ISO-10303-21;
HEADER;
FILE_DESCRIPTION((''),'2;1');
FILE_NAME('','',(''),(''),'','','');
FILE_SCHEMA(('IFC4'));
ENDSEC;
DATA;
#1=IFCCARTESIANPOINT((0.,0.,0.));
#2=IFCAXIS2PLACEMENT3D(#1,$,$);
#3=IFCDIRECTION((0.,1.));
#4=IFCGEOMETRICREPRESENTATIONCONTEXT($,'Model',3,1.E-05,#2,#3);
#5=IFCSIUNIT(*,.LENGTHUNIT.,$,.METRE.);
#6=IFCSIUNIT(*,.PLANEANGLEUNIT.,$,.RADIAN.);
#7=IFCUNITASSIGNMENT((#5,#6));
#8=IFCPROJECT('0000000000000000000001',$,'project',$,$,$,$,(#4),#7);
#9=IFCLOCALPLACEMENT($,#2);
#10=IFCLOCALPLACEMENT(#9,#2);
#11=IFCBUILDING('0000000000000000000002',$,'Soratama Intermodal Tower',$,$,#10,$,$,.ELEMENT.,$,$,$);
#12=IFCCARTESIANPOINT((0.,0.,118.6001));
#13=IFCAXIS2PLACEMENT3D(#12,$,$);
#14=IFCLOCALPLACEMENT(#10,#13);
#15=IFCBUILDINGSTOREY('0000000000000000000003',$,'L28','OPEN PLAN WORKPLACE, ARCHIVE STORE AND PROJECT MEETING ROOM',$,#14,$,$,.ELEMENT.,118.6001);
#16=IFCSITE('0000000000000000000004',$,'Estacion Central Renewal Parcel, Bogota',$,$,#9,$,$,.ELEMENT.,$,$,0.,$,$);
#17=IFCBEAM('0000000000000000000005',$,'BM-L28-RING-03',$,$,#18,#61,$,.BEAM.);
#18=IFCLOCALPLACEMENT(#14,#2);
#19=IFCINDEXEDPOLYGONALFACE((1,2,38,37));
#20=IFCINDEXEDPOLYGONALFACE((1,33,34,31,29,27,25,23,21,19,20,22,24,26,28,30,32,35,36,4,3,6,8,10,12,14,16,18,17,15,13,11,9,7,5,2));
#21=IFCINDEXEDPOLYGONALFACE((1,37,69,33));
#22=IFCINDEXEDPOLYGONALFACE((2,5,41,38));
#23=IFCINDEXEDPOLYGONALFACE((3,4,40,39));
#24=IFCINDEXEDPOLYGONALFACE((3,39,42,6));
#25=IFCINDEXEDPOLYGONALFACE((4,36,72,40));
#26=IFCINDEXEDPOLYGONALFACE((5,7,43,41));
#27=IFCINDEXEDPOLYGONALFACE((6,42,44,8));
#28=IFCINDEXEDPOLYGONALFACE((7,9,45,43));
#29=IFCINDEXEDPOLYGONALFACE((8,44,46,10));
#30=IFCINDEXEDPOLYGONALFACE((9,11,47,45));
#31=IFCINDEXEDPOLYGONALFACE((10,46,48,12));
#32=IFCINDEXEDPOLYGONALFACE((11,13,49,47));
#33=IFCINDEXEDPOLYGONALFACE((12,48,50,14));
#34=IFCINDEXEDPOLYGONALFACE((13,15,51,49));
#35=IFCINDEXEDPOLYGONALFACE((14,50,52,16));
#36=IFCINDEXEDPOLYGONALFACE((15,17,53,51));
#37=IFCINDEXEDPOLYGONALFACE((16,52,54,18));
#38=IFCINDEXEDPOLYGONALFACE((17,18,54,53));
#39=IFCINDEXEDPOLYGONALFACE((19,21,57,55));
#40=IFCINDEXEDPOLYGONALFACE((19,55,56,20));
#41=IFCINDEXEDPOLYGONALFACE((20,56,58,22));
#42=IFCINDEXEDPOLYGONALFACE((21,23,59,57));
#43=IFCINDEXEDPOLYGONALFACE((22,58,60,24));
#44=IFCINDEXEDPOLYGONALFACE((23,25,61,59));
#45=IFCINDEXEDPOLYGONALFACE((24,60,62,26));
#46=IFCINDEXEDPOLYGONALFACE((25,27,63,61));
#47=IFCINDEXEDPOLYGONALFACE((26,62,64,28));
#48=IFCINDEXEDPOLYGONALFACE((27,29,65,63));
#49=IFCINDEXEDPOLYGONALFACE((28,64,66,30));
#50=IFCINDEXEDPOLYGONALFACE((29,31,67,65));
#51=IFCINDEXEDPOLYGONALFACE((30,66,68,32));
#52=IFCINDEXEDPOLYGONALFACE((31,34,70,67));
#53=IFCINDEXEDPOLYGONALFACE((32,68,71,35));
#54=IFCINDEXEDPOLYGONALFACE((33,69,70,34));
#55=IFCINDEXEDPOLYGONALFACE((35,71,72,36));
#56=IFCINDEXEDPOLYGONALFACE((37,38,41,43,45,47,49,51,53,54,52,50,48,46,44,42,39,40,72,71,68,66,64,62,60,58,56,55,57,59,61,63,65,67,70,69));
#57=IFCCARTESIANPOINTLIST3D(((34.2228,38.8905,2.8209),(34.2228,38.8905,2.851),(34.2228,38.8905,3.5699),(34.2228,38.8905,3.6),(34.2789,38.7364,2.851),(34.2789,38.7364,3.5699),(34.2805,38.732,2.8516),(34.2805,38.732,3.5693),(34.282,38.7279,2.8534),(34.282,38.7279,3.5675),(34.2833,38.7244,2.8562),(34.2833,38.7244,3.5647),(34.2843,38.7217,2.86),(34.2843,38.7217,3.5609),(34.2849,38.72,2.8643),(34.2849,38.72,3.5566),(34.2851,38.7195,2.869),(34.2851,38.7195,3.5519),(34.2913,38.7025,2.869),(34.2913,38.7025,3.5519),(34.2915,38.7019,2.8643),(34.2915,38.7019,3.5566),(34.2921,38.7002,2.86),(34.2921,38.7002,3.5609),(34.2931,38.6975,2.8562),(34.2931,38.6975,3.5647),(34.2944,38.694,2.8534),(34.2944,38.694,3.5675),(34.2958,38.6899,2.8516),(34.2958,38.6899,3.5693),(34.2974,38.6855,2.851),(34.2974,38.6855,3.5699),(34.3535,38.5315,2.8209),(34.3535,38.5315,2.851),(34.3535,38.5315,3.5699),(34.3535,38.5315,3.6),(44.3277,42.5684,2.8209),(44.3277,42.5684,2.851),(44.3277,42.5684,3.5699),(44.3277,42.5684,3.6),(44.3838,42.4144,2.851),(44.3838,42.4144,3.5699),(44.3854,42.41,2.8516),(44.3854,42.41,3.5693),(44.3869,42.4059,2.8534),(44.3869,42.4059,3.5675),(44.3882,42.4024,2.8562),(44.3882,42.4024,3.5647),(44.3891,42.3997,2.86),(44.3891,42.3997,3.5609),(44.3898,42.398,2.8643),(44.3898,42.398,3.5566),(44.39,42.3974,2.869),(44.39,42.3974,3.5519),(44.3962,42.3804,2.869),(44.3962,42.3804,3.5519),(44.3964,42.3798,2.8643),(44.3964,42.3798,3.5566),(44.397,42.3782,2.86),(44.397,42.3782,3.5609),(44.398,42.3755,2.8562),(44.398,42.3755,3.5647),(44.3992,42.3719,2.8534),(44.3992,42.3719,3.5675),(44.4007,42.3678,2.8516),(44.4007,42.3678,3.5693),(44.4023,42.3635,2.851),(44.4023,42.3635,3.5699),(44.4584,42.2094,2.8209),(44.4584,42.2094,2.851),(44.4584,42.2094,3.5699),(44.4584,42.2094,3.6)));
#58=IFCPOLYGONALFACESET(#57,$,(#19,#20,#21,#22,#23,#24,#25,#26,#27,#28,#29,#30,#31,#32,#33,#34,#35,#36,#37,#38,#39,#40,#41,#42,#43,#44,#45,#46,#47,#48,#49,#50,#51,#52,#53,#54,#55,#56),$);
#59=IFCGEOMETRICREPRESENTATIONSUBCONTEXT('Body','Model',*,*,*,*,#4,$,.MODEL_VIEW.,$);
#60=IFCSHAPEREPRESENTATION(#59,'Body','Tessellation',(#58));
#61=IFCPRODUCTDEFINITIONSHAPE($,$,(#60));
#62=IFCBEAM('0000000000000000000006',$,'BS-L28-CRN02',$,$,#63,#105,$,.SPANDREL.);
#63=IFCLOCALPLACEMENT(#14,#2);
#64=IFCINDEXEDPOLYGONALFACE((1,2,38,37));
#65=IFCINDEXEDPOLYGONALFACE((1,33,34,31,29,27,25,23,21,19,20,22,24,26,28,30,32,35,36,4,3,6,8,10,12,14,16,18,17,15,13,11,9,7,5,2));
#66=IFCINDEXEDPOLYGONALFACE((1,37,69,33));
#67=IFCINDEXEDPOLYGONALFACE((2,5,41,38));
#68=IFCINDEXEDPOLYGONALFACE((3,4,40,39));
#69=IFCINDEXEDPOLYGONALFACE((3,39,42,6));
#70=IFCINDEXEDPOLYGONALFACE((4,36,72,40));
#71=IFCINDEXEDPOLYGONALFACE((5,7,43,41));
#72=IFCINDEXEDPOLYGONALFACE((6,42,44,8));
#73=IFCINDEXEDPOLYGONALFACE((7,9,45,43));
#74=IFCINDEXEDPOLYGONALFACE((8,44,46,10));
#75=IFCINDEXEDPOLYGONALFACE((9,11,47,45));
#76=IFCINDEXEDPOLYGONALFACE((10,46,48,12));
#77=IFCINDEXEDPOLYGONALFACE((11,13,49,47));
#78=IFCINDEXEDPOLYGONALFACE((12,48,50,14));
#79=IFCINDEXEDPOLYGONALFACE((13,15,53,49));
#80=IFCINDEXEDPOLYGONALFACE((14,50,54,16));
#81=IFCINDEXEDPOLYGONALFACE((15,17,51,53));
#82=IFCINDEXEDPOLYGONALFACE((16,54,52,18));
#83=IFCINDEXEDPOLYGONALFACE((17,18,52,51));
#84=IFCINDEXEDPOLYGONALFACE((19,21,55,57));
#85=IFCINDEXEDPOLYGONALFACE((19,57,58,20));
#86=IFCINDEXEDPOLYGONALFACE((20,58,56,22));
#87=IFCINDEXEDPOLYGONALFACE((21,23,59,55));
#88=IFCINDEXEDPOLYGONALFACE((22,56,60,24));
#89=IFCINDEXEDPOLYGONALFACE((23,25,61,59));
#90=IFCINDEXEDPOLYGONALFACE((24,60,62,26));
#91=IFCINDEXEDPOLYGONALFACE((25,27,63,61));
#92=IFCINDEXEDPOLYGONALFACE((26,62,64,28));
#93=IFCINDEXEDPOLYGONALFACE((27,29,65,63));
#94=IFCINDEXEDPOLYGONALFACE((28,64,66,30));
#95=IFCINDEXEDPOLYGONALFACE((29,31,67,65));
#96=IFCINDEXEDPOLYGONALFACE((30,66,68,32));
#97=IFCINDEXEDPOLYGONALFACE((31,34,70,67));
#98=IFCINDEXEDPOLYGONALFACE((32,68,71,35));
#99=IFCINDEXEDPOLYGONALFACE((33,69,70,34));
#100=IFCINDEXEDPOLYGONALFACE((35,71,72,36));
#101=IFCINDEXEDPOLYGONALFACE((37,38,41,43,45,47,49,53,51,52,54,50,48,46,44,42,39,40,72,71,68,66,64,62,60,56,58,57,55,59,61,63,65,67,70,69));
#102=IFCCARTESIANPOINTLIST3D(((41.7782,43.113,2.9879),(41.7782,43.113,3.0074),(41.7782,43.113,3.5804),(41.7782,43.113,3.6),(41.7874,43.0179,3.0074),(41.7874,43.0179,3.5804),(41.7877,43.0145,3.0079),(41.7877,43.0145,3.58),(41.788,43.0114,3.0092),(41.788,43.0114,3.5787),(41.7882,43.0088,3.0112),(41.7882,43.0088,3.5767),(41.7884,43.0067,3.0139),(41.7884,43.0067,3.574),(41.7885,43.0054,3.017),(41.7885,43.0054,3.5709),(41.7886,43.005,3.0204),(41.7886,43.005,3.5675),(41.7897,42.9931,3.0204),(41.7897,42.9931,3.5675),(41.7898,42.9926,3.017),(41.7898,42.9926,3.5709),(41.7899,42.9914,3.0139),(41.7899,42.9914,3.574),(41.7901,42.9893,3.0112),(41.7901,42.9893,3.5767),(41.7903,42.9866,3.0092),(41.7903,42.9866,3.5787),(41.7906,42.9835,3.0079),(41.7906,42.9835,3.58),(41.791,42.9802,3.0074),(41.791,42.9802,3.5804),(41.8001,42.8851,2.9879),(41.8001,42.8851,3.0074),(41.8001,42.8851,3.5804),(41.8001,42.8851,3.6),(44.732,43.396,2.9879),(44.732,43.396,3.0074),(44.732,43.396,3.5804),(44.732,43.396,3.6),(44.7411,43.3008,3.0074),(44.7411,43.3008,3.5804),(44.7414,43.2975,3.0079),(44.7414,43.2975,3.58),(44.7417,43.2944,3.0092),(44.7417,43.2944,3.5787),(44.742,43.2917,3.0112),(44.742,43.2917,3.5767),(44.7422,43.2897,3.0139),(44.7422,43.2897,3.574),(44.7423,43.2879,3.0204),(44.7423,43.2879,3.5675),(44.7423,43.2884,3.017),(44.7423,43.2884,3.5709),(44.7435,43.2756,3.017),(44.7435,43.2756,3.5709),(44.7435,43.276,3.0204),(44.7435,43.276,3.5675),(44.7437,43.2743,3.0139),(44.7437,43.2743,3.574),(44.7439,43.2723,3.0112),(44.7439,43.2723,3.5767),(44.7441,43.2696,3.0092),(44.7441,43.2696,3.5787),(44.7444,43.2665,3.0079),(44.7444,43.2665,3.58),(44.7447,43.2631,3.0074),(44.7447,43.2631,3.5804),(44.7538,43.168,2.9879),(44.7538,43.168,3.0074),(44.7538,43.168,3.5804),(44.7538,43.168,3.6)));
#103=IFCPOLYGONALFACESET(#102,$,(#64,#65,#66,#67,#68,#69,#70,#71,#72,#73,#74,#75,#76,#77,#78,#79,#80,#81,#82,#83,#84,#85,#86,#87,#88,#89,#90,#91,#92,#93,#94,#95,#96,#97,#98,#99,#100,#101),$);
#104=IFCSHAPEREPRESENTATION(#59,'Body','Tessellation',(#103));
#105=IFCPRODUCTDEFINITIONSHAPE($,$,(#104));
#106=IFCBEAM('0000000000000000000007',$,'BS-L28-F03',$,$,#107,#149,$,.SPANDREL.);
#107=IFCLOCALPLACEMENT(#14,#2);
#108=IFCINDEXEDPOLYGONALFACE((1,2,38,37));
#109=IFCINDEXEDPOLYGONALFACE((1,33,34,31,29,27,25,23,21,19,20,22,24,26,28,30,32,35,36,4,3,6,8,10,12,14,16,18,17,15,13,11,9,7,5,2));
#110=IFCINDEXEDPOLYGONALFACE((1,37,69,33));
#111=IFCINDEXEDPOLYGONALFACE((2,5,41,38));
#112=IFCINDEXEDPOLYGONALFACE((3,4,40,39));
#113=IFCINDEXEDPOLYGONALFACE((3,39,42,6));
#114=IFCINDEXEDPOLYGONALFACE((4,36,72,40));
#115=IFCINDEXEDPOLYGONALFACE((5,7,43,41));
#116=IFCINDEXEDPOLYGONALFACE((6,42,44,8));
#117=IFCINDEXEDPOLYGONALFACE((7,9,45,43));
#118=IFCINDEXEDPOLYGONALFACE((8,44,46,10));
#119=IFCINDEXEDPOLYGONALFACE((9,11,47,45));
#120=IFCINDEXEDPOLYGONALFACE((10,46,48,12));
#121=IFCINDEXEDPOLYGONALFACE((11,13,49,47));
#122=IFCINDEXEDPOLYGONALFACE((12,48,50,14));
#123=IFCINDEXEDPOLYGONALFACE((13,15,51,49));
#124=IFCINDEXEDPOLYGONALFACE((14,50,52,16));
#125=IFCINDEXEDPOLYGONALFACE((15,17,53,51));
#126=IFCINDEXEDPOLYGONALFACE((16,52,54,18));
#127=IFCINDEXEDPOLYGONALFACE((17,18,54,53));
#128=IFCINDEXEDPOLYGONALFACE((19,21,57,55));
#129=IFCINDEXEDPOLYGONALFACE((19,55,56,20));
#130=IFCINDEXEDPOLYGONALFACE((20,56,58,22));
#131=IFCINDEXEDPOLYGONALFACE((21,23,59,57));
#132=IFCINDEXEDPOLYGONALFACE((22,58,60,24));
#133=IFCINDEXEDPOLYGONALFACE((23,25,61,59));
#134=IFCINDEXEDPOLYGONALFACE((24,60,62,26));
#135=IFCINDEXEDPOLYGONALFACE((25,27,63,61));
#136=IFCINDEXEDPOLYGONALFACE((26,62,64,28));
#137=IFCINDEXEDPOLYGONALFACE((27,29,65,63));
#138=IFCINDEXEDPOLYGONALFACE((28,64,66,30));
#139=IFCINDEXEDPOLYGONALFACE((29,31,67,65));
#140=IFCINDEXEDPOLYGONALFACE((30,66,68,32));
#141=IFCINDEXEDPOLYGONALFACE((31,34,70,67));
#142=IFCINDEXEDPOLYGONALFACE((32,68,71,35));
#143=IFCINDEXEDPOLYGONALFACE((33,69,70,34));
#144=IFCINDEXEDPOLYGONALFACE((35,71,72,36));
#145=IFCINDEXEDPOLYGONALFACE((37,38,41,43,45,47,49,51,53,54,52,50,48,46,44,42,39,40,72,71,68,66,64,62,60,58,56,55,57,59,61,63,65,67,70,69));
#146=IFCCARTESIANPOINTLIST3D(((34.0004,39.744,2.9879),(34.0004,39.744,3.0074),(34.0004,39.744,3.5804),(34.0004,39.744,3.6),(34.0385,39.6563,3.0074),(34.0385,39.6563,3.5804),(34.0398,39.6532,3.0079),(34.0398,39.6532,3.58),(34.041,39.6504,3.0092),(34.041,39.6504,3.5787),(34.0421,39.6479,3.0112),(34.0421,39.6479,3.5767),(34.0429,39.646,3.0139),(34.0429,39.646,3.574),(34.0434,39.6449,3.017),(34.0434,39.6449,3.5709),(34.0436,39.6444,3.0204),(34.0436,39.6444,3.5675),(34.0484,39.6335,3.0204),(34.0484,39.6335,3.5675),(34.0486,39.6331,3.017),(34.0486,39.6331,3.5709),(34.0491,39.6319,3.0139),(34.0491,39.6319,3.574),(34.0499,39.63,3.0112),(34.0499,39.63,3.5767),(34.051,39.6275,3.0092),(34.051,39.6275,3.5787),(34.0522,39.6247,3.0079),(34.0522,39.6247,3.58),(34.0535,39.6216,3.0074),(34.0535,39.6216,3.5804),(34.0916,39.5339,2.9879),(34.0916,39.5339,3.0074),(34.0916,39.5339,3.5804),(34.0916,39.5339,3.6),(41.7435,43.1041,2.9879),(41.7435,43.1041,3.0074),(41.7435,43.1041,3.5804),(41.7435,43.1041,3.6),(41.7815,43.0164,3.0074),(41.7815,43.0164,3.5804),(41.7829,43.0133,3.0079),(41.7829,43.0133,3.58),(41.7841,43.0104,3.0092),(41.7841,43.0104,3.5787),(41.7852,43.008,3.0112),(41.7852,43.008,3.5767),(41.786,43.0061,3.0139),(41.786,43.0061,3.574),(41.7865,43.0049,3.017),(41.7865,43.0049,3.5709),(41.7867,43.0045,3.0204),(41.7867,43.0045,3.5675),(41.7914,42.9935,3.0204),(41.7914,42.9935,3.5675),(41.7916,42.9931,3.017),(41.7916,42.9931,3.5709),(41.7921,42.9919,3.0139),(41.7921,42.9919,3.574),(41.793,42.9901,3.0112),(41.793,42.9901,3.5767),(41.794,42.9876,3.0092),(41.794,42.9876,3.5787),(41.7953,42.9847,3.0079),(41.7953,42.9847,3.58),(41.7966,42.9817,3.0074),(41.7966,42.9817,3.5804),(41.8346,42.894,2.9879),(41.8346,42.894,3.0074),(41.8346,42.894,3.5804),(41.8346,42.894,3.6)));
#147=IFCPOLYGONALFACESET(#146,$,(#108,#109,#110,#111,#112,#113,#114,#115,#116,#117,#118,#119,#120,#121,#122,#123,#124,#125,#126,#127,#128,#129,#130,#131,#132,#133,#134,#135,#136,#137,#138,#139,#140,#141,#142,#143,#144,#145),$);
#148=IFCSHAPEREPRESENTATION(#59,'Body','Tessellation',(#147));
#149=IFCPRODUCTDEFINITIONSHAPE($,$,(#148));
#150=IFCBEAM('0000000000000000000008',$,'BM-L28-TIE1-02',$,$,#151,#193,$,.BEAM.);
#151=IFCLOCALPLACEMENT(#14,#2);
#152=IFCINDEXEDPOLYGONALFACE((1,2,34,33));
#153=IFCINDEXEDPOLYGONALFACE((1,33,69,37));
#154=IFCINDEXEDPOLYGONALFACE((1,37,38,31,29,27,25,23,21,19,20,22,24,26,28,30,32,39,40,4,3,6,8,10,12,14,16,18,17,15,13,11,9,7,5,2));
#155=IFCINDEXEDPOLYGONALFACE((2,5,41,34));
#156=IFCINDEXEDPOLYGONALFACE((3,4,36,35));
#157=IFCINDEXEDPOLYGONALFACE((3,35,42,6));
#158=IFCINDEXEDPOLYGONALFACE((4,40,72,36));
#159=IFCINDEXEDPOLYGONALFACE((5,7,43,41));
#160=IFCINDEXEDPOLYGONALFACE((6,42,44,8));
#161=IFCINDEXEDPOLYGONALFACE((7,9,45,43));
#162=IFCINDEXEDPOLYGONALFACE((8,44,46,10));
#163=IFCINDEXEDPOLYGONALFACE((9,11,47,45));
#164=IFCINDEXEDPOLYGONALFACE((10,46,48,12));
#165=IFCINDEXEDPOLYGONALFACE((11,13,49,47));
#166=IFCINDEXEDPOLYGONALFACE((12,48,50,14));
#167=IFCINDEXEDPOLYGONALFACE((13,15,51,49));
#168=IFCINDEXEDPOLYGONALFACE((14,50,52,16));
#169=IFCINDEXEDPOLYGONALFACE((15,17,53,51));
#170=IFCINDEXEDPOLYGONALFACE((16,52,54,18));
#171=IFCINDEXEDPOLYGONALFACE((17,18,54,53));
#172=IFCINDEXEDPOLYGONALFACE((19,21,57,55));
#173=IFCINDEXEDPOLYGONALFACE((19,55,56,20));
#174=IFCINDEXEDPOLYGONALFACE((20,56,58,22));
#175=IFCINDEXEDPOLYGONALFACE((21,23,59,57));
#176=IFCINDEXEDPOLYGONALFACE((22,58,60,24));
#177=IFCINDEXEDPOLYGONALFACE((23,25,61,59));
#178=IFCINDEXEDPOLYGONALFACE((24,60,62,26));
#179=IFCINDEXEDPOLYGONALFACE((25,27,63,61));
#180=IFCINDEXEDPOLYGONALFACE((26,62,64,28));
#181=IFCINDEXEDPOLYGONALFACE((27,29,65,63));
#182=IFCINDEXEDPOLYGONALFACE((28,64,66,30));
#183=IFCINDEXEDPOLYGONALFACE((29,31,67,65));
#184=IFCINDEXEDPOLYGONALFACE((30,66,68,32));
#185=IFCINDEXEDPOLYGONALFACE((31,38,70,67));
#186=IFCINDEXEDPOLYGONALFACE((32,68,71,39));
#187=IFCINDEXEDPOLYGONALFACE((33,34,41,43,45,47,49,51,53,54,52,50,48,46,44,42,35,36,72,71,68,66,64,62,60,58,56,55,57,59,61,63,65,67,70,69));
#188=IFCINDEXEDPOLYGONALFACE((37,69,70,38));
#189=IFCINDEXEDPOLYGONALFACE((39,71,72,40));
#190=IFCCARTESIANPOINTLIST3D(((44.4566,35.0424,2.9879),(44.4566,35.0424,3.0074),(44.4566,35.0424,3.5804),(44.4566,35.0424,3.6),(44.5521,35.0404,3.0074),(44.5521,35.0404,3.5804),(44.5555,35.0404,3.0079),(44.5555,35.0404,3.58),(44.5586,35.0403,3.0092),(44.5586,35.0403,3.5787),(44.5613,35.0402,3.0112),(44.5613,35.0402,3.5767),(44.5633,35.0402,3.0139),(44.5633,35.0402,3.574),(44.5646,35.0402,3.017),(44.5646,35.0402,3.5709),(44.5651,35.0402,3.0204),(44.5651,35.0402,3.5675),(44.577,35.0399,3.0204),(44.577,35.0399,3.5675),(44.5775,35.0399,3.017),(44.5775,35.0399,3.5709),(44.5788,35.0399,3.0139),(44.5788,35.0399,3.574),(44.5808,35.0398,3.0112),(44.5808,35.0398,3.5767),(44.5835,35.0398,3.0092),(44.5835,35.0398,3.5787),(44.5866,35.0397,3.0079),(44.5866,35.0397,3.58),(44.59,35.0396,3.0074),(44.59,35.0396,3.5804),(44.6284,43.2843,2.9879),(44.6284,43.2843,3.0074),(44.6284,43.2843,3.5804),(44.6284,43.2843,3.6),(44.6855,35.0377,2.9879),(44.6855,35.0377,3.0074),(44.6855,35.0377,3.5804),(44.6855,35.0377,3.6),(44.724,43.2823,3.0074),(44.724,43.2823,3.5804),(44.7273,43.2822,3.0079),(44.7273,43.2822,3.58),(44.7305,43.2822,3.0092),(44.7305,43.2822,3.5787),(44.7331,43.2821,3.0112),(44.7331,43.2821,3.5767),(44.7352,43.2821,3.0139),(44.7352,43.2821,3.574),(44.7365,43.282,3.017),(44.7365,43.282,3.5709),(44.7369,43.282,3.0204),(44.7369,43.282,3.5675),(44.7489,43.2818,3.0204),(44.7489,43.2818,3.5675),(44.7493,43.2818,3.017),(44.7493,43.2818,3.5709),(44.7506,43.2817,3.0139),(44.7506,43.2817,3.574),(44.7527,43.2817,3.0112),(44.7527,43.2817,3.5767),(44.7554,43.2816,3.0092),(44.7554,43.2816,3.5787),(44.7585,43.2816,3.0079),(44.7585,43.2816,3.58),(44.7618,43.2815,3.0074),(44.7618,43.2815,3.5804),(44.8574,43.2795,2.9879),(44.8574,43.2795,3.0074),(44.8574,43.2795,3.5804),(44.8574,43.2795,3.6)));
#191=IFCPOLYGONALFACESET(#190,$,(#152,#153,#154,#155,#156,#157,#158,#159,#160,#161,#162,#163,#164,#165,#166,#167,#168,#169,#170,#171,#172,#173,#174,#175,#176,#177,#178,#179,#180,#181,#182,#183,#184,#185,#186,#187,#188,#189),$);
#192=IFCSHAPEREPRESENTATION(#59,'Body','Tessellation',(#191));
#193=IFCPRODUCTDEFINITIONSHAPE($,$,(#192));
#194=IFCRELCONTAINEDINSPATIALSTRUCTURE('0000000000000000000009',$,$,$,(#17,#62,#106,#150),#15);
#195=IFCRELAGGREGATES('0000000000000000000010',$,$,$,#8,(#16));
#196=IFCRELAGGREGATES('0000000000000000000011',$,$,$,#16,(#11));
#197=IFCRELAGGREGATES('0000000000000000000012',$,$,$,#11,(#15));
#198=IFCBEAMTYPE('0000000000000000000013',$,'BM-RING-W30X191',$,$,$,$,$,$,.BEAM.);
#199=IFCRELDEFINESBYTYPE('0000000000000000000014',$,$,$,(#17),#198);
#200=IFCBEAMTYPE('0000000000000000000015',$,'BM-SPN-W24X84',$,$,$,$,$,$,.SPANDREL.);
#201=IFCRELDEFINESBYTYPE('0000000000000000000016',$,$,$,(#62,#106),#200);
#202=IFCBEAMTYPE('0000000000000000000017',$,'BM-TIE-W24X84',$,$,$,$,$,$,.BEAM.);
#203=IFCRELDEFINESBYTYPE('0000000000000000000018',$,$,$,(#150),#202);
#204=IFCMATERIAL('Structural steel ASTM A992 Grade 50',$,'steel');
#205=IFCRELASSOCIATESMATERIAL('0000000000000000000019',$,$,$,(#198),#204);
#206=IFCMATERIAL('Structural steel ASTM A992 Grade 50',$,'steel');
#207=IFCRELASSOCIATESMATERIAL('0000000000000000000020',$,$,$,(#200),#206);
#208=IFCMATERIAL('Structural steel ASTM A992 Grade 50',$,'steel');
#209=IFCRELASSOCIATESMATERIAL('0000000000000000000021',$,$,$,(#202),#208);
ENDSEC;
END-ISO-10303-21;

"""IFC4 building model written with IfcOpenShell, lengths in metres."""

from ifc_helpers import new_model, si_unit, direction, frame, origin, origin_2d, place, context, subcontext, project, spatial, i_section, extrude, material, material_profile, profile_set, type_object, element, save


model = new_model("IFC4")

# Units and contexts
model_context = context("Model", 3, precision=1e-05, world=origin(), true_north=direction((0.0, 1.0)))
body_context = subcontext(model_context, "Body", "Model", "MODEL_VIEW")
ifc_project = project(units=[si_unit("LENGTHUNIT", "METRE"), si_unit("PLANEANGLEUNIT", "RADIAN")], contexts=[model_context])

# Site, building, storey
site_placement = place(None, origin())
site = spatial("IfcSite", under=ifc_project, at=site_placement, Name="Estacion Central Renewal Parcel, Bogota", CompositionType="ELEMENT", RefElevation=0.0)
building_placement = place(site_placement, origin())
building = spatial("IfcBuilding", under=site, at=building_placement, Name="Soratama Intermodal Tower", CompositionType="ELEMENT")
storey_placement = place(building_placement, frame((0.0, 0.0, 118.6001)))
storey = spatial("IfcBuildingStorey", under=building, at=storey_placement, Name="L28", Description="OPEN PLAN WORKPLACE, ARCHIVE STORE AND PROJECT MEETING ROOM", CompositionType="ELEMENT", Elevation=118.6001)

# Beams
ifc_material_1 = material(Name="Structural steel ASTM A992 Grade 50", Category="steel")
ifc_material_profile_1 = material_profile(ifc_material_1, i_section(OverallWidth=0.3821, OverallDepth=0.7791, WebThickness=0.0181, FlangeThickness=0.03, FilletRadius=0.0181, at=origin_2d()), Name="W30X191")
ifc_profile_set_1 = profile_set([ifc_material_profile_1], Name="Structural steel ASTM A992 Grade 50")
beam_type_1 = type_object("IfcBeamType", Name="BM-RING-W30X191", PredefinedType="BEAM", material=ifc_profile_set_1)
beam_1_placement = place(storey_placement, frame((44.3931, 42.3889, 3.2104), z_axis=(-0.939691, -0.342026, 0.0), x_axis=(0.342026, -0.939691, 0.0)))
element("IfcBeam", 1, at=beam_1_placement, inside=storey, type_object=beam_type_1, Name="BM-L28-RING-03", PredefinedType="BEAM", context=body_context, shape_type="SweptSolid", body=[
    extrude(i_section(OverallWidth=0.3821, OverallDepth=0.7791, WebThickness=0.0181, FlangeThickness=0.03, FilletRadius=0.0181, at=origin_2d()), origin(), (0.0, 0.0, 1.0), 10.7534),
])
ifc_material_2 = material(Name="Structural steel ASTM A992 Grade 50", Category="steel")
ifc_material_profile_2 = material_profile(ifc_material_2, i_section(OverallWidth=0.229, OverallDepth=0.6121, WebThickness=0.012, FlangeThickness=0.0195, FilletRadius=0.0129, at=origin_2d()), Name="W24X84")
ifc_profile_set_2 = profile_set([ifc_material_profile_2], Name="Structural steel ASTM A992 Grade 50")
beam_type_2 = type_object("IfcBeamType", Name="BM-SPN-W24X84", PredefinedType="SPANDREL", material=ifc_profile_set_2)
beam_2_placement = place(storey_placement, frame((44.7429, 43.282, 3.2939), z_axis=(-0.995443, -0.095357, 0.0), x_axis=(0.095357, -0.995443, 0.0)))
element("IfcBeam", 2, at=beam_2_placement, inside=storey, type_object=beam_type_2, Name="BS-L28-CRN02", PredefinedType="SPANDREL", context=body_context, shape_type="SweptSolid", body=[
    extrude(i_section(OverallWidth=0.229, OverallDepth=0.6121, WebThickness=0.012, FlangeThickness=0.0195, FilletRadius=0.0129, at=origin_2d()), origin(), (0.0, 0.0, 1.0), 2.9673),
])
beam_3_placement = place(storey_placement, frame((41.7891, 42.999, 3.2939), z_axis=(-0.917351, -0.39808, 0.0), x_axis=(0.39808, -0.917351, 0.0)))
element("IfcBeam", 3, at=beam_3_placement, inside=storey, type_object=beam_type_2, Name="BS-L28-F03", PredefinedType="SPANDREL", context=body_context, shape_type="SweptSolid", body=[
    extrude(i_section(OverallWidth=0.229, OverallDepth=0.6121, WebThickness=0.012, FlangeThickness=0.0195, FilletRadius=0.0129, at=origin_2d()), origin(), (0.0, 0.0, 1.0), 8.4407),
])
ifc_material_3 = material(Name="Structural steel ASTM A992 Grade 50", Category="steel")
ifc_material_profile_3 = material_profile(ifc_material_3, i_section(OverallWidth=0.229, OverallDepth=0.6121, WebThickness=0.012, FlangeThickness=0.0195, FilletRadius=0.0129, at=origin_2d()), Name="W24X84")
ifc_profile_set_3 = profile_set([ifc_material_profile_3], Name="Structural steel ASTM A992 Grade 50")
beam_type_3 = type_object("IfcBeamType", Name="BM-TIE-W24X84", PredefinedType="BEAM", material=ifc_profile_set_3)
beam_4_placement = place(storey_placement, frame((44.571, 35.04, 3.2939), z_axis=(0.020849, 0.999783, 0.0), x_axis=(-0.999783, 0.020849, 0.0)))
element("IfcBeam", 4, at=beam_4_placement, inside=storey, type_object=beam_type_3, Name="BM-L28-TIE1-02", PredefinedType="BEAM", context=body_context, shape_type="SweptSolid", body=[
    extrude(i_section(OverallWidth=0.229, OverallDepth=0.6121, WebThickness=0.012, FlangeThickness=0.0195, FilletRadius=0.0129, at=origin_2d()), origin(), (0.0, 0.0, 1.0), 8.2437),
])

save(model, "model.ifc")
